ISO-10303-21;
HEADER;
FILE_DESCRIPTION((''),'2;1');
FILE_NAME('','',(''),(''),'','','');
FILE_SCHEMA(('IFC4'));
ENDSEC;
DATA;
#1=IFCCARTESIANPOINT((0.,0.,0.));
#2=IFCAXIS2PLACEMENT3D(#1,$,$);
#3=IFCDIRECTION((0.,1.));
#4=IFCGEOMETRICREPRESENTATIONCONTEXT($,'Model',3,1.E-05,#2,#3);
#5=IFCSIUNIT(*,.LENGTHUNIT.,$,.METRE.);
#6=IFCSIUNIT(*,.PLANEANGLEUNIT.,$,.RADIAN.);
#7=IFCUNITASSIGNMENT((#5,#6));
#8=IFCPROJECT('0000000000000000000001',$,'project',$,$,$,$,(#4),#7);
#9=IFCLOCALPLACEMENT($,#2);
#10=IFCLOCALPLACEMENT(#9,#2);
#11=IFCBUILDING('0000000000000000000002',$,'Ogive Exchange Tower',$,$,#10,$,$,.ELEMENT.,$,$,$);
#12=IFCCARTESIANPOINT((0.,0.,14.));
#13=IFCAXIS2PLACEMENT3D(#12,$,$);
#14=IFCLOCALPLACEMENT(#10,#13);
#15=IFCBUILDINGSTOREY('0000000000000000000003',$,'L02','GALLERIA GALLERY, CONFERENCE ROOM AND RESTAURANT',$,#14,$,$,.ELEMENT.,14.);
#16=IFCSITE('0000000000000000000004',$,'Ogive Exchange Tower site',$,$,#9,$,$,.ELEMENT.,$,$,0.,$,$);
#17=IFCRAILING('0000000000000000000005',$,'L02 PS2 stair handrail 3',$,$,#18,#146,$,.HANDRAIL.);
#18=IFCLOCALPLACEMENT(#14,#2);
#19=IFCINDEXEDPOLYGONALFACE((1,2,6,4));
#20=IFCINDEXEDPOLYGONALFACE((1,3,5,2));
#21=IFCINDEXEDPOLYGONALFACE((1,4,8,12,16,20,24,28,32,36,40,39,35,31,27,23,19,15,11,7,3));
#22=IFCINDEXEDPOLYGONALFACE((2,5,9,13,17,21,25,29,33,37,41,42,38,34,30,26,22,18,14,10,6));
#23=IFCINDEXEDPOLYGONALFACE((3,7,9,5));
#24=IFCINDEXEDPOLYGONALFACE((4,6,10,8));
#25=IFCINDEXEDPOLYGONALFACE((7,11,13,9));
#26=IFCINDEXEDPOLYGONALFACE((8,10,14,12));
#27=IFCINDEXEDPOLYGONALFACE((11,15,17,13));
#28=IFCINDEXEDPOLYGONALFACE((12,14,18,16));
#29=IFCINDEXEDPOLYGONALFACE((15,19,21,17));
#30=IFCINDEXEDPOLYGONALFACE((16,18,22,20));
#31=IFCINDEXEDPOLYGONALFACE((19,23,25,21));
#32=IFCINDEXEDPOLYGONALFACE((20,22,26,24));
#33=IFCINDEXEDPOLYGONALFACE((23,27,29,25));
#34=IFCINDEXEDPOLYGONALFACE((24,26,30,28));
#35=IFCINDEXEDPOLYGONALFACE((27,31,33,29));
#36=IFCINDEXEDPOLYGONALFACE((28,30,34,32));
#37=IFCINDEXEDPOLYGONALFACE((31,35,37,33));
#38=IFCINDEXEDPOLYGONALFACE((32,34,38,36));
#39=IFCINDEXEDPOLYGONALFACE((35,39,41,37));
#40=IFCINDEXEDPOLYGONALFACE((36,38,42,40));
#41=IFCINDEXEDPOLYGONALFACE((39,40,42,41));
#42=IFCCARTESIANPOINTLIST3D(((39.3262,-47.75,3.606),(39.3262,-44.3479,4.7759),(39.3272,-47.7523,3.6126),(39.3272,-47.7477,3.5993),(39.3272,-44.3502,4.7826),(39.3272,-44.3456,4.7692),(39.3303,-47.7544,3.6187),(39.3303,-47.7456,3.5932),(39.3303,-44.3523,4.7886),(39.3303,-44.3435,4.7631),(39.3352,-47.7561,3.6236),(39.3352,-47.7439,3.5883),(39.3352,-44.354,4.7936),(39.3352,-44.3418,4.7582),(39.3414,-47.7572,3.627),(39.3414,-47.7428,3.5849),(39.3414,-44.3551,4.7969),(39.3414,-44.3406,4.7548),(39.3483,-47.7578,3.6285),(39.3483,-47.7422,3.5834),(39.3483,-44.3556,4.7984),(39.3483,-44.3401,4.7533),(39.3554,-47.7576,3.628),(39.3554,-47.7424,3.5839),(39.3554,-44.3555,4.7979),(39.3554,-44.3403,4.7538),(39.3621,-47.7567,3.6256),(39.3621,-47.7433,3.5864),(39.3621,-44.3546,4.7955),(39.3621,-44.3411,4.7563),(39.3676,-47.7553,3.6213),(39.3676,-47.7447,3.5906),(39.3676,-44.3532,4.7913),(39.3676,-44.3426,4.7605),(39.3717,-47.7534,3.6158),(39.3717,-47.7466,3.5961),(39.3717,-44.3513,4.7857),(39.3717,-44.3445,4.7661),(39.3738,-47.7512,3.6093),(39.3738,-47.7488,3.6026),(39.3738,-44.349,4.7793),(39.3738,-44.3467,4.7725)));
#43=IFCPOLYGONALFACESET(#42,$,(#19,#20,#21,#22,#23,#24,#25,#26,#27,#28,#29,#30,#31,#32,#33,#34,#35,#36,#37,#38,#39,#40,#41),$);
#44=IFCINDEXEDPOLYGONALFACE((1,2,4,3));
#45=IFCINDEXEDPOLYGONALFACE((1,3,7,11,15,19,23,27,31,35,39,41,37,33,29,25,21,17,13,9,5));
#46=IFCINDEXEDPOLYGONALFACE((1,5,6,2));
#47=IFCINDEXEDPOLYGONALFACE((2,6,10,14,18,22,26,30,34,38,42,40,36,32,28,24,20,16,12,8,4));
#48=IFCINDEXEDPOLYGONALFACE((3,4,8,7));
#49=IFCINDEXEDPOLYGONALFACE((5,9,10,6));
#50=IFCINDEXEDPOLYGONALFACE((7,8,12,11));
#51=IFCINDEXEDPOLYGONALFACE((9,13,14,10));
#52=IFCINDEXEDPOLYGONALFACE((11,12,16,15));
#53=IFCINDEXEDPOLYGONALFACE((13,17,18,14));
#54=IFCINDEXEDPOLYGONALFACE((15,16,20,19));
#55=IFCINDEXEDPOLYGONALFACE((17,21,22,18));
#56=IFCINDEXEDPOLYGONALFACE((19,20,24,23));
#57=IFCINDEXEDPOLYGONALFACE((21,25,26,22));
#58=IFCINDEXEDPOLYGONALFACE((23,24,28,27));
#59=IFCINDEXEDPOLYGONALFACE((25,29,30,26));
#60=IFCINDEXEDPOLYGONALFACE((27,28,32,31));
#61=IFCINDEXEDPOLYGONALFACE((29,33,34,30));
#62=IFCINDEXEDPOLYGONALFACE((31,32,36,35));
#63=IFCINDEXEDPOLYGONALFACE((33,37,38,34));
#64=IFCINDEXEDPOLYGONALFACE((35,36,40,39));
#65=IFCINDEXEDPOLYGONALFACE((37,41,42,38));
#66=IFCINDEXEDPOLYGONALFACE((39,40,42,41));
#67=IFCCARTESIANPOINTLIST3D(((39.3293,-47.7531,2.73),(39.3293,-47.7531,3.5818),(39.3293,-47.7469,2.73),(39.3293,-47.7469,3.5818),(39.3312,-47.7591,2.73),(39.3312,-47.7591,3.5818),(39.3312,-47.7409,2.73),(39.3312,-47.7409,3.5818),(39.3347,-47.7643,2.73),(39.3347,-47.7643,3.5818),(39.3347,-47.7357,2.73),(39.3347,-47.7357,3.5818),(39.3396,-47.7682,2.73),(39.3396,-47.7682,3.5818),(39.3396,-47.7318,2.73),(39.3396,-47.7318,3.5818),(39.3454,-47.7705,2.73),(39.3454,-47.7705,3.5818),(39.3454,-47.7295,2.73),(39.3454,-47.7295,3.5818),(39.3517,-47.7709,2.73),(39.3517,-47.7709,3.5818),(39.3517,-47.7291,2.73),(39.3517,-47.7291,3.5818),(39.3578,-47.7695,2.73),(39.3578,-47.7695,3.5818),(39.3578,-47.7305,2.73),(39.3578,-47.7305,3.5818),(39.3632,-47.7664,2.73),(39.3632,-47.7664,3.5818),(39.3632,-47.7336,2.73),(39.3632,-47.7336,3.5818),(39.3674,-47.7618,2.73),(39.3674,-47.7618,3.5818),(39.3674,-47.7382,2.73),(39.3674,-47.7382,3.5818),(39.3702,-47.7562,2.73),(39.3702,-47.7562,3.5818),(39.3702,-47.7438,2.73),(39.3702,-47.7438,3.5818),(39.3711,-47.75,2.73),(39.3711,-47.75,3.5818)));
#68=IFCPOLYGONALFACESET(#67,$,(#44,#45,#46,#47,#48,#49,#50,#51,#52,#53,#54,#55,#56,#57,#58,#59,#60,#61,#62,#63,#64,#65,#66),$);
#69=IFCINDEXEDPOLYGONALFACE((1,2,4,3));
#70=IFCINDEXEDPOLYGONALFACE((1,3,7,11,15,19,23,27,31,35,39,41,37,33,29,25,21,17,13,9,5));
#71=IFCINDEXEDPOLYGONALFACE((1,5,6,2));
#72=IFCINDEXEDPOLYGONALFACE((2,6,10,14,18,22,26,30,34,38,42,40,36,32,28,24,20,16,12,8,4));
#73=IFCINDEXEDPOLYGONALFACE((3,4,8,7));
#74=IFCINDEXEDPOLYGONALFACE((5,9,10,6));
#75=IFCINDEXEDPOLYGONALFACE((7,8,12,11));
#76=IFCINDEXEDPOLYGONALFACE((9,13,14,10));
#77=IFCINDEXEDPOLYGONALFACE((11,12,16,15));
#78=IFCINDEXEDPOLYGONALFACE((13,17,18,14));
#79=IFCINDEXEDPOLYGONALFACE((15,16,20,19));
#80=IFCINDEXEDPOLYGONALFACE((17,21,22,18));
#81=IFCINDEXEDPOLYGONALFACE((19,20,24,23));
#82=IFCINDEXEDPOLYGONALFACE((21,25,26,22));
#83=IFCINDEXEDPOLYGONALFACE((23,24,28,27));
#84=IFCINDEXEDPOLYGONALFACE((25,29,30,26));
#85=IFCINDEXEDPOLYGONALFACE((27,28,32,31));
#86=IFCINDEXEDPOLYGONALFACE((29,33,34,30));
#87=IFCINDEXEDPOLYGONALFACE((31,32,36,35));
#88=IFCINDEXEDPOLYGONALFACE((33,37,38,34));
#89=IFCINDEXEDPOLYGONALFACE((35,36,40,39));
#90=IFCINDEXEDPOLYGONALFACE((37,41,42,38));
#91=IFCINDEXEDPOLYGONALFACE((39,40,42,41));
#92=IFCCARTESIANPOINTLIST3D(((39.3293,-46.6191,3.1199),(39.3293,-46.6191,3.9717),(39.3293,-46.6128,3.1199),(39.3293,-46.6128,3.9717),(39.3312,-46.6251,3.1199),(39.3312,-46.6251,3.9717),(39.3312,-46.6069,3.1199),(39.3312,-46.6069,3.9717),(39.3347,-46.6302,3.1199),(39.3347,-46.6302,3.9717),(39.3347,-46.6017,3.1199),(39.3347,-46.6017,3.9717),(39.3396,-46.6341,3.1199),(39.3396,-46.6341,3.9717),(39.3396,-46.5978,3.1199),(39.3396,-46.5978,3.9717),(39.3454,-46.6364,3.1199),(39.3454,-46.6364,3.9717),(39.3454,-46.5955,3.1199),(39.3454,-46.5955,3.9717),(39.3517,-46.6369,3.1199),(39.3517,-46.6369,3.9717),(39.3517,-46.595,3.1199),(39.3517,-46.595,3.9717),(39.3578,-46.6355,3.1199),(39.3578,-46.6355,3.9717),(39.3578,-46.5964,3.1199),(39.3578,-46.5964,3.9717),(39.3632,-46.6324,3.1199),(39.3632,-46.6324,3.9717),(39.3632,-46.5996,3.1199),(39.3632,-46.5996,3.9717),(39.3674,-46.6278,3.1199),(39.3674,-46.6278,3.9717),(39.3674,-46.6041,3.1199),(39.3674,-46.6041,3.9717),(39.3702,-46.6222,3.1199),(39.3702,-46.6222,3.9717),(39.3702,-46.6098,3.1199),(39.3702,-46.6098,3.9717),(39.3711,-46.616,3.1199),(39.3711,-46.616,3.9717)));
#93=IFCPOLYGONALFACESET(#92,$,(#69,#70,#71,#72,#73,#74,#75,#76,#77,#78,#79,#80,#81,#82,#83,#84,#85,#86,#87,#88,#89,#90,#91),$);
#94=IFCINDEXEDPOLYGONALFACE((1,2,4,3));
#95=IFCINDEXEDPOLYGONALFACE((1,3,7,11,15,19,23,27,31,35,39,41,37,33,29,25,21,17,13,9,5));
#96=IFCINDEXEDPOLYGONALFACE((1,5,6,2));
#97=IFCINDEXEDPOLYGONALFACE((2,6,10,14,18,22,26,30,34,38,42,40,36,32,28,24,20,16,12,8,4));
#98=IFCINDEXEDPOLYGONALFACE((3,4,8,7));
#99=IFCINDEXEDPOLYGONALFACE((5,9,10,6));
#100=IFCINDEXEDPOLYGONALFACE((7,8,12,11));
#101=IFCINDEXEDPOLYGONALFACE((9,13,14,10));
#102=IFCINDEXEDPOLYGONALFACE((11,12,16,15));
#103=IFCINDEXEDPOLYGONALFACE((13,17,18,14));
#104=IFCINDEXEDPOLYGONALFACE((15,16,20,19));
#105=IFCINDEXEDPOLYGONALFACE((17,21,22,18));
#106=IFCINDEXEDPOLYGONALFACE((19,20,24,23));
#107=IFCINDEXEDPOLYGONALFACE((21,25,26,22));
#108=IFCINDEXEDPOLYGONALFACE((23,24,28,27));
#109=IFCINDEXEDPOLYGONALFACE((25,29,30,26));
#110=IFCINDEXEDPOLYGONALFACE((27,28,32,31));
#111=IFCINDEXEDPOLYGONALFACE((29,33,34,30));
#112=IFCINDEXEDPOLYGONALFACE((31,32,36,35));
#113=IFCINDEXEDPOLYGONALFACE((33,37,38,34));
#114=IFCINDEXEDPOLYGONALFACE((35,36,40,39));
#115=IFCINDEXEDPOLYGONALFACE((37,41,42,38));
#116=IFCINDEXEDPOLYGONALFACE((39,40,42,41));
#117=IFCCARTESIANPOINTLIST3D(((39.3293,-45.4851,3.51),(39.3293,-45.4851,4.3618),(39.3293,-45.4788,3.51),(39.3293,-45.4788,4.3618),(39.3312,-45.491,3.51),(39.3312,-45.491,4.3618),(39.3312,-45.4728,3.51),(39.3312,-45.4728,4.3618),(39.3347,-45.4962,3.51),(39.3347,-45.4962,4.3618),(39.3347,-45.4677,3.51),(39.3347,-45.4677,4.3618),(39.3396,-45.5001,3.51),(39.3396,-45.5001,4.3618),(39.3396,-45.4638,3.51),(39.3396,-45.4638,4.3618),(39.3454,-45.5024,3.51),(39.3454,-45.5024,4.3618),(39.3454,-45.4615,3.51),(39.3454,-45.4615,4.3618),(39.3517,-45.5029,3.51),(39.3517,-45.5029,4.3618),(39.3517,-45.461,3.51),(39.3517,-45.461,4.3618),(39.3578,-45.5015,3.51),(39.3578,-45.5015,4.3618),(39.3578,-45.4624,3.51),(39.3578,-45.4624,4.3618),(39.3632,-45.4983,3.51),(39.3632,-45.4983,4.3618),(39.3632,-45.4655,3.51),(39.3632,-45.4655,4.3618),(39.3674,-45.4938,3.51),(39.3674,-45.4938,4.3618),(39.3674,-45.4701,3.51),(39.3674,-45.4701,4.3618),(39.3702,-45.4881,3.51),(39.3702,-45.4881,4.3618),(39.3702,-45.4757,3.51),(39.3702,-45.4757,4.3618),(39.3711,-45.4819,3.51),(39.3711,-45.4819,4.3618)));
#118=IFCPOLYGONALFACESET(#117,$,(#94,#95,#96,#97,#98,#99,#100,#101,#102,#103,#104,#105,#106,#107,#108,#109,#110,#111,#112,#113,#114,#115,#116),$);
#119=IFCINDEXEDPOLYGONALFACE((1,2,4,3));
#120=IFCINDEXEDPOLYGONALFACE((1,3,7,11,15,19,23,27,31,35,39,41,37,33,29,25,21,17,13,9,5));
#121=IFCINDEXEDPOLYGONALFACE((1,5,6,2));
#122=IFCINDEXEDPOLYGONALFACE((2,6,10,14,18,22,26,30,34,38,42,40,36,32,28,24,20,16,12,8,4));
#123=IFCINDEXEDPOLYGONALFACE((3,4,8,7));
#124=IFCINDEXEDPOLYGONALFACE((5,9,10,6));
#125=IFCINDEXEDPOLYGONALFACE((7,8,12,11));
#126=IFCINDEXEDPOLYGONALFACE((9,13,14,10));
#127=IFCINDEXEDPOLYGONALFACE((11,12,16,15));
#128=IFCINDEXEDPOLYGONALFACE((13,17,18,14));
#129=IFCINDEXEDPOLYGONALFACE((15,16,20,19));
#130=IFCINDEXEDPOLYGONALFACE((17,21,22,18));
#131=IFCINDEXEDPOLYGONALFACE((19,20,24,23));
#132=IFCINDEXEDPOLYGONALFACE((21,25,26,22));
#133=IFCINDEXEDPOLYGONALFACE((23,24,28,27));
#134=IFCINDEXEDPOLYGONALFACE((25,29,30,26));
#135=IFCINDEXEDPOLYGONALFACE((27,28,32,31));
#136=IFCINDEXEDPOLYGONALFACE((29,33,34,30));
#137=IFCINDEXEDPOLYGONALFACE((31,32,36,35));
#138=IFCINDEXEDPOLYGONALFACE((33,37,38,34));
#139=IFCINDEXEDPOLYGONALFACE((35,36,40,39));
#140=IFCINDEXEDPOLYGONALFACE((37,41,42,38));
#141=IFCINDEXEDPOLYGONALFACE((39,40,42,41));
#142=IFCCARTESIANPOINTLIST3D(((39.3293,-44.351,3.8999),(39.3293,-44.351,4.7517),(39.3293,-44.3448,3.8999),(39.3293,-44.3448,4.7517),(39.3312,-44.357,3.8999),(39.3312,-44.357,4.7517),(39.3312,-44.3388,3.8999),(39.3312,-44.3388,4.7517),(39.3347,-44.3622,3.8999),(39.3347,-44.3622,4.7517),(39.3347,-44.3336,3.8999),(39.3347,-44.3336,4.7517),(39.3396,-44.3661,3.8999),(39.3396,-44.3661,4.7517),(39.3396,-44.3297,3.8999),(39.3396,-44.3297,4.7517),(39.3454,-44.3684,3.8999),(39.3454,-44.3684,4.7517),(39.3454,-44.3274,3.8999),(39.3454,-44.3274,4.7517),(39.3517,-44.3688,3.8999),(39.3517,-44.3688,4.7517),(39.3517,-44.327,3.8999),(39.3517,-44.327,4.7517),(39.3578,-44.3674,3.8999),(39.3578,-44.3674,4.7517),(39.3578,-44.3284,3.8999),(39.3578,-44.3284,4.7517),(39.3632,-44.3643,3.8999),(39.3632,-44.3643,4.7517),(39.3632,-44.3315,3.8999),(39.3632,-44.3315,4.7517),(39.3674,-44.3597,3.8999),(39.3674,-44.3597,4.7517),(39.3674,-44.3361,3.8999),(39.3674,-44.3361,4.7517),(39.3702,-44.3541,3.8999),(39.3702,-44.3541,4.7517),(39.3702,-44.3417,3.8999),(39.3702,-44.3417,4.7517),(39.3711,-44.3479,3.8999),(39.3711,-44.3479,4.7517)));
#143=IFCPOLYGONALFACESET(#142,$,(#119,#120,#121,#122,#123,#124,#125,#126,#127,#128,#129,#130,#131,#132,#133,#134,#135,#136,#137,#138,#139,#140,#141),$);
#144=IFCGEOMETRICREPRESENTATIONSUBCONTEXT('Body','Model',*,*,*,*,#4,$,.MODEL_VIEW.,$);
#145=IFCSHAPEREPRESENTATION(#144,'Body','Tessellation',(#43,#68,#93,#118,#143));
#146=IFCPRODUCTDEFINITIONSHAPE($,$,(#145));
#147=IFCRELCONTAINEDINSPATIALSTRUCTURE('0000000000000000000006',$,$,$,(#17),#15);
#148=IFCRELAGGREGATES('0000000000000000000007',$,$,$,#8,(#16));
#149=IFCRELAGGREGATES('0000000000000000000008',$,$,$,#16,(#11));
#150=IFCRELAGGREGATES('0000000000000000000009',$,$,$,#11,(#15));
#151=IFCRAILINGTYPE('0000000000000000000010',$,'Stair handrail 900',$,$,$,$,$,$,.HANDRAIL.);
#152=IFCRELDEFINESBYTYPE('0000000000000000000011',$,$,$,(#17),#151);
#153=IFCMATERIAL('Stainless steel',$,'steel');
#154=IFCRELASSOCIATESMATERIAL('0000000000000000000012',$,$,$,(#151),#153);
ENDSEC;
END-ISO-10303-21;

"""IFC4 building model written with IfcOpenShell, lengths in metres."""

from ifc_helpers import new_model, si_unit, direction, frame, origin, origin_2d, place, context, subcontext, project, spatial, circle, extrude, material, type_object, element, save


model = new_model("IFC4")

# Units and contexts
model_context = context("Model", 3, precision=1e-05, world=origin(), true_north=direction((0.0, 1.0)))
body_context = subcontext(model_context, "Body", "Model", "MODEL_VIEW")
ifc_project = project(units=[si_unit("LENGTHUNIT", "METRE"), si_unit("PLANEANGLEUNIT", "RADIAN")], contexts=[model_context])

# Site, building, storey
site_placement = place(None, origin())
site = spatial("IfcSite", under=ifc_project, at=site_placement, Name="Ogive Exchange Tower site", CompositionType="ELEMENT", RefElevation=0.0)
building_placement = place(site_placement, origin())
building = spatial("IfcBuilding", under=site, at=building_placement, Name="Ogive Exchange Tower", CompositionType="ELEMENT")
storey_placement = place(building_placement, frame((0.0, 0.0, 14.0)))
storey = spatial("IfcBuildingStorey", under=building, at=storey_placement, Name="L02", Description="GALLERIA GALLERY, CONFERENCE ROOM AND RESTAURANT", CompositionType="ELEMENT", Elevation=14.0)

# Railing
ifc_material_1 = material(Name="Stainless steel", Category="steel")
railing_type = type_object("IfcRailingType", Name="Stair handrail 900", PredefinedType="HANDRAIL", material=ifc_material_1)
railing_1_placement = place(storey_placement, frame((39.3501, -47.75, 2.73)))
element("IfcRailing", 1, at=railing_1_placement, inside=storey, type_object=railing_type, Name="L02 PS2 stair handrail 3", PredefinedType="HANDRAIL", context=body_context, shape_type="SweptSolid", body=[
    extrude(circle(Radius=0.0239, at=origin_2d()), frame((0.0, 0.0, 0.876), z_axis=(0.0, 0.945648, 0.325192), x_axis=(-1.0, 0.0, 0.0)), (0.0, 0.0, 1.0), 3.5977),
    extrude(circle(Radius=0.021, at=origin_2d()), origin(), (0.0, 0.0, 1.0), 0.8518),
    extrude(circle(Radius=0.021, at=origin_2d()), frame((0.0, 1.134, 0.3899)), (0.0, 0.0, 1.0), 0.8518),
    extrude(circle(Radius=0.021, at=origin_2d()), frame((0.0, 2.2681, 0.78)), (0.0, 0.0, 1.0), 0.8518),
    extrude(circle(Radius=0.021, at=origin_2d()), frame((0.0, 3.4021, 1.1699)), (0.0, 0.0, 1.0), 0.8518),
])

save(model, "model.ifc")
